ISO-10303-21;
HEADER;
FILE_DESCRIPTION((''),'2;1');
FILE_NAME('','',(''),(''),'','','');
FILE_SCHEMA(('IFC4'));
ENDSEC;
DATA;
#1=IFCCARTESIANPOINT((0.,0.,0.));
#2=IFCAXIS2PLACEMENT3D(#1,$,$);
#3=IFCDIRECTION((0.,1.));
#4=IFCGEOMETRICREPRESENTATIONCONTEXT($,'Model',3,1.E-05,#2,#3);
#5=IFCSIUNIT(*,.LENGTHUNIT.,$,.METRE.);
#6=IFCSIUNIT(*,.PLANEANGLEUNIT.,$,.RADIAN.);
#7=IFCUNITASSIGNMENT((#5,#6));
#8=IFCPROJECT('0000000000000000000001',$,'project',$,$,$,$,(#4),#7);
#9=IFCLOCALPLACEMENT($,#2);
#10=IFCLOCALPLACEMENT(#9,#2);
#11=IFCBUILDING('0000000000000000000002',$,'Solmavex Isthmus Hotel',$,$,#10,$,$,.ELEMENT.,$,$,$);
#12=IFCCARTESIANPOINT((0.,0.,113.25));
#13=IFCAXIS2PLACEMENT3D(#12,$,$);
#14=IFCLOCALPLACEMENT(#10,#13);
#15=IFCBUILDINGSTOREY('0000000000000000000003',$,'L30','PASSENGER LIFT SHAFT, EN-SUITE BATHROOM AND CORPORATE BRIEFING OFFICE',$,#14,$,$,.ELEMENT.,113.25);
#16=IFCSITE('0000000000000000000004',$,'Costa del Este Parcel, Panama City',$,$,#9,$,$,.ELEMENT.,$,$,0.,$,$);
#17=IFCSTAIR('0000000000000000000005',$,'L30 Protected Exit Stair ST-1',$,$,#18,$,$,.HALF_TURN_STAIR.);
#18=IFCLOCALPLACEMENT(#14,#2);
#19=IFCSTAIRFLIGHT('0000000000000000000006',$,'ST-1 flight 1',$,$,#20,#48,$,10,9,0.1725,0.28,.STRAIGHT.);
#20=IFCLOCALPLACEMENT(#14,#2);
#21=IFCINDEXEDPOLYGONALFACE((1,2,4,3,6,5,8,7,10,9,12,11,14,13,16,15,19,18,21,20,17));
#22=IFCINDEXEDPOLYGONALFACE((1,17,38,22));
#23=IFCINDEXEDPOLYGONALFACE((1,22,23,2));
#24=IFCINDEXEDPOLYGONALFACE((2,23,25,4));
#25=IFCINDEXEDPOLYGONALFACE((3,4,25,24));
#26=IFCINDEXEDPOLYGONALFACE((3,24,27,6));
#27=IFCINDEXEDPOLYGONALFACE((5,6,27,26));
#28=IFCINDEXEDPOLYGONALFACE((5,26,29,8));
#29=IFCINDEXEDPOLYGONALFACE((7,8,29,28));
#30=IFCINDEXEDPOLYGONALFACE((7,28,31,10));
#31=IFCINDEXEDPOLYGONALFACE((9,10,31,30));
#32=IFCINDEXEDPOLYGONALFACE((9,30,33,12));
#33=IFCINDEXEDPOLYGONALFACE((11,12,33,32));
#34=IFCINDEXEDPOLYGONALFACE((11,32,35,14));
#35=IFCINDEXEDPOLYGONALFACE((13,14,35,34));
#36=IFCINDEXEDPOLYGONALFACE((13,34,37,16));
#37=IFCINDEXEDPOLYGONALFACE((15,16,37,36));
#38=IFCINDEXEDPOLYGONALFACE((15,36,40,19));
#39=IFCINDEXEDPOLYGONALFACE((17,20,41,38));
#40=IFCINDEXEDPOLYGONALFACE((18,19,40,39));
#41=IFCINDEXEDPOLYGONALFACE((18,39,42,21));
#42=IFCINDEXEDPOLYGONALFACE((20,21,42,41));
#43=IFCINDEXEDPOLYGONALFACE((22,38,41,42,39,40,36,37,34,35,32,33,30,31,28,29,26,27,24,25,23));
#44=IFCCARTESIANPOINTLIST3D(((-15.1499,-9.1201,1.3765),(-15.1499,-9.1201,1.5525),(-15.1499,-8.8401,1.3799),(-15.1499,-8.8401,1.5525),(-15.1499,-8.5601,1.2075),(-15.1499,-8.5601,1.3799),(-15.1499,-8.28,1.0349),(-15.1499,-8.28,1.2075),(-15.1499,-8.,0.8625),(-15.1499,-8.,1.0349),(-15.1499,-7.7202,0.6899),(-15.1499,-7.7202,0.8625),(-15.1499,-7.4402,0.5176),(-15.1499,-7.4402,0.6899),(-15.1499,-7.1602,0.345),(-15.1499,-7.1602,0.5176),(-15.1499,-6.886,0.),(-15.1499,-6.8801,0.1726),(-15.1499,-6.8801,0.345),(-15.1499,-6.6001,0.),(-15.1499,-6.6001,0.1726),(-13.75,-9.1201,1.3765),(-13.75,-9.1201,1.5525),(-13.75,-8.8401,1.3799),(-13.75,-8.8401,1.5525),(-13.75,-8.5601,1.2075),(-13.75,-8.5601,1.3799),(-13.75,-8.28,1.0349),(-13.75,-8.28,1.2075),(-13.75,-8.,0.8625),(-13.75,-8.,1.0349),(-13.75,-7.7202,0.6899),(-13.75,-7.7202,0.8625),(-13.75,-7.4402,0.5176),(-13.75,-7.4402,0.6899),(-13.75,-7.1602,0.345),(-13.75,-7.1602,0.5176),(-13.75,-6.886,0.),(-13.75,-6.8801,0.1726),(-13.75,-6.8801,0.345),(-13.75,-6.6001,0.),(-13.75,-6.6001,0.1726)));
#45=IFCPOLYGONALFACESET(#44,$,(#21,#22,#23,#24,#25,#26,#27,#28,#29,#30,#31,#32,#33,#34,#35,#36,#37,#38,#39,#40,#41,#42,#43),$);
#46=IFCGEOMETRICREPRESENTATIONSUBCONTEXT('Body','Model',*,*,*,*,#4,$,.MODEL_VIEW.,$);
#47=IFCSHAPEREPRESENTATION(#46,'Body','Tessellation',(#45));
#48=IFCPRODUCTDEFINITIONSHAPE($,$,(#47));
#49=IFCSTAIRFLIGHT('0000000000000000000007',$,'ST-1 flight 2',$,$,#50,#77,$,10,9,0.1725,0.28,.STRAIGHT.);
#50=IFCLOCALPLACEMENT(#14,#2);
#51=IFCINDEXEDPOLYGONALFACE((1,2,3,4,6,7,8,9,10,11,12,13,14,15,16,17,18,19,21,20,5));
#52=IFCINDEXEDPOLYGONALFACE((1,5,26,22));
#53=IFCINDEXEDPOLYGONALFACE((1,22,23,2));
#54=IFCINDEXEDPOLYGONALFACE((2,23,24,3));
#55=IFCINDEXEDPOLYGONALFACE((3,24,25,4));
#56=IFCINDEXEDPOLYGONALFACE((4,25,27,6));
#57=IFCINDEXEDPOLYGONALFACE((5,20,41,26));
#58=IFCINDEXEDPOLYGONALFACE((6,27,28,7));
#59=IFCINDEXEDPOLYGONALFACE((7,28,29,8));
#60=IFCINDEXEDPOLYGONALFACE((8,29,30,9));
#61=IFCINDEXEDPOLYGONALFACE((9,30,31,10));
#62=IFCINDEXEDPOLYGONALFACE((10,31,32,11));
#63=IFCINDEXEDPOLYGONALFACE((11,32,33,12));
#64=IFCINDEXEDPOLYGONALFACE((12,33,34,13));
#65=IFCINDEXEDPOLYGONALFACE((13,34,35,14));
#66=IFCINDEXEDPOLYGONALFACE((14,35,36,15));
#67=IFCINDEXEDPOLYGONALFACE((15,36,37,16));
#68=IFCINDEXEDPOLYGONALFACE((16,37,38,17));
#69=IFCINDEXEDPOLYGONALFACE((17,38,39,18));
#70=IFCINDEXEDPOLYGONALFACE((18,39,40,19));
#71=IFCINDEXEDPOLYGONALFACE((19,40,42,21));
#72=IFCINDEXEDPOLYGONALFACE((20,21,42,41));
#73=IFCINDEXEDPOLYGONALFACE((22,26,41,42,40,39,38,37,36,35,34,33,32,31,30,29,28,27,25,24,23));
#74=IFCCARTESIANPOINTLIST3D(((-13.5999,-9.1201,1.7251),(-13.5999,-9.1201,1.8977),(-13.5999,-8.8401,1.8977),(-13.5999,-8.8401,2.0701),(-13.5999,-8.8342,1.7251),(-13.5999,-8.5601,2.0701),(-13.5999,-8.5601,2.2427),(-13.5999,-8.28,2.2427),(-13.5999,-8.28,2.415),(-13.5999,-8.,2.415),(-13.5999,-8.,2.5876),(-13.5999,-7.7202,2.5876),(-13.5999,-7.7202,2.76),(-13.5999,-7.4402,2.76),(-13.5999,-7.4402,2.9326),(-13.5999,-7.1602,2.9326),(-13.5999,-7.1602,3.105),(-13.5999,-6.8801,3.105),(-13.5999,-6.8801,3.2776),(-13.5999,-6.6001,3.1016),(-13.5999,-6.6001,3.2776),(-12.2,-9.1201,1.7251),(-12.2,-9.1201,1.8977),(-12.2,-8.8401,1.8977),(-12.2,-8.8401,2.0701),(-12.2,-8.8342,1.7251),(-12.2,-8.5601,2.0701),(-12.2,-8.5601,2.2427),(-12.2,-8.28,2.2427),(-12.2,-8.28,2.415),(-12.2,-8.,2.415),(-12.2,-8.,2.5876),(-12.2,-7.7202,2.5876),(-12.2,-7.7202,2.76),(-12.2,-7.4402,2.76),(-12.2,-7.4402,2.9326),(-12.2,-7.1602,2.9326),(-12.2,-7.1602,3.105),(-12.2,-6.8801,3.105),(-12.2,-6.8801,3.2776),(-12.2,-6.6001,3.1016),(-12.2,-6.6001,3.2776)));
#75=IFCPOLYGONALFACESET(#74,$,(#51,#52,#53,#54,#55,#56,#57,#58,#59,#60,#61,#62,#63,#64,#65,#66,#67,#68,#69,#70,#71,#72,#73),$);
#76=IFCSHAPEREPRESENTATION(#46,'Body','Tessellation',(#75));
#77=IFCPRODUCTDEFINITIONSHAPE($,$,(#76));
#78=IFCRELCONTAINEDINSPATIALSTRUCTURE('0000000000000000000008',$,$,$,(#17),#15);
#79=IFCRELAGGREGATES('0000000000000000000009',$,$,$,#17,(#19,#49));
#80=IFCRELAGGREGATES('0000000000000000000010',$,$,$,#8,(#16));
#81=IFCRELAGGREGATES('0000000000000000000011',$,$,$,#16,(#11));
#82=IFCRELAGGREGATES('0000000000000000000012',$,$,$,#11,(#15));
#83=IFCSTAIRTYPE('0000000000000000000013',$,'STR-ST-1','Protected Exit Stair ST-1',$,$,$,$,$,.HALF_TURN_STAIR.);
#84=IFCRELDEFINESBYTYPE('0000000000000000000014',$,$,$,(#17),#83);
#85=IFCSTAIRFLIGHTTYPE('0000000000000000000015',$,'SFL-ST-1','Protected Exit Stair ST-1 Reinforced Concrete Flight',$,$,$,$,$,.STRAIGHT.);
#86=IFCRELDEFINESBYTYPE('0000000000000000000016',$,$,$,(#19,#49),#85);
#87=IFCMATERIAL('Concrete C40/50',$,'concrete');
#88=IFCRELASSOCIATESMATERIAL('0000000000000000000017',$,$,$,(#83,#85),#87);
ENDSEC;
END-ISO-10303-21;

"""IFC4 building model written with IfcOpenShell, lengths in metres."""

from ifc_helpers import new_model, si_unit, direction, frame, origin, place, context, subcontext, project, spatial, polyline, outline, extrude, material, type_object, element, aggregate, save


model = new_model("IFC4")

# Units and contexts
model_context = context("Model", 3, precision=1e-05, world=origin(), true_north=direction((0.0, 1.0)))
body_context = subcontext(model_context, "Body", "Model", "MODEL_VIEW")
ifc_project = project(units=[si_unit("LENGTHUNIT", "METRE"), si_unit("PLANEANGLEUNIT", "RADIAN")], contexts=[model_context])

# Site, building, storey
site_placement = place(None, origin())
site = spatial("IfcSite", under=ifc_project, at=site_placement, Name="Costa del Este Parcel, Panama City", CompositionType="ELEMENT", RefElevation=0.0)
building_placement = place(site_placement, origin())
building = spatial("IfcBuilding", under=site, at=building_placement, Name="Solmavex Isthmus Hotel", CompositionType="ELEMENT")
storey_placement = place(building_placement, frame((0.0, 0.0, 113.25)))
storey = spatial("IfcBuildingStorey", under=building, at=storey_placement, Name="L30", Description="PASSENGER LIFT SHAFT, EN-SUITE BATHROOM AND CORPORATE BRIEFING OFFICE", CompositionType="ELEMENT", Elevation=113.25)

# Shared definitions
ifc_material_1 = material(Name="Concrete C40/50", Category="concrete")

# Stair, stair flights
stair_type = type_object("IfcStairType", Name="STR-ST-1", Description="Protected Exit Stair ST-1", PredefinedType="HALF_TURN_STAIR", material=ifc_material_1)
stair_placement = place(storey_placement, origin())
stair = element("IfcStair", 1, at=stair_placement, inside=storey, type_object=stair_type, Name="L30 Protected Exit Stair ST-1", PredefinedType="HALF_TURN_STAIR")
stair_flight_type = type_object("IfcStairFlightType", Name="SFL-ST-1", Description="Protected Exit Stair ST-1 Reinforced Concrete Flight", PredefinedType="STRAIGHT", material=ifc_material_1)
stair_flight_1_placement = place(storey_placement, frame((-14.45, -6.6001, 0.0), z_axis=(0.0, 0.0, 1.0), x_axis=(0.0, -1.0, 0.0)))
stair_flight_1 = element("IfcStairFlight", 2, at=stair_flight_1_placement, type_object=stair_flight_type, Name="ST-1 flight 1", NumberOfRisers=10, NumberOfTreads=9, PredefinedType="STRAIGHT", RiserHeight=0.1725, TreadLength=0.28, context=body_context, shape_type="SweptSolid", body=[
    extrude(outline(polyline([(0.0, 0.0), (0.0, 0.1726), (0.28, 0.1726), (0.28, 0.345), (0.5601, 0.345), (0.5601, 0.5176), (0.8401, 0.5176), (0.8401, 0.6899), (1.1201, 0.6899), (1.1201, 0.8625), (1.3999, 0.8625), (1.3999, 1.0349), (1.6799, 1.0349), (1.6799, 1.2075), (1.96, 1.2075), (1.96, 1.3799), (2.24, 1.3799), (2.24, 1.5525), (2.52, 1.5525), (2.52, 1.7251), (2.52, 1.3765), (0.2859, 0.0), (0.0, 0.0)])), frame((0.0, 0.7, 0.0), z_axis=(0.0, -1.0, 0.0), x_axis=(1.0, 0.0, 0.0)), (0.0, 0.0, 1.0), 1.3999),
])
stair_flight_2_placement = place(storey_placement, frame((-12.8999, -9.1201, 1.7251), z_axis=(0.0, 0.0, 1.0), x_axis=(0.0, 1.0, 0.0)))
stair_flight_2 = element("IfcStairFlight", 3, at=stair_flight_2_placement, type_object=stair_flight_type, Name="ST-1 flight 2", NumberOfRisers=10, NumberOfTreads=9, PredefinedType="STRAIGHT", RiserHeight=0.1725, TreadLength=0.28, context=body_context, shape_type="SweptSolid", body=[
    extrude(outline(polyline([(0.0, 0.0), (0.0, 0.1726), (0.28, 0.1726), (0.28, 0.345), (0.5601, 0.345), (0.5601, 0.5176), (0.8401, 0.5176), (0.8401, 0.6899), (1.1201, 0.6899), (1.1201, 0.8625), (1.3999, 0.8625), (1.3999, 1.0349), (1.6799, 1.0349), (1.6799, 1.2075), (1.96, 1.2075), (1.96, 1.3799), (2.24, 1.3799), (2.24, 1.5525), (2.52, 1.5525), (2.52, 1.7251), (2.52, 1.3765), (0.2859, 0.0), (0.0, 0.0)])), frame((0.0, 0.7, 0.0), z_axis=(0.0, -1.0, 0.0), x_axis=(1.0, 0.0, 0.0)), (0.0, 0.0, 1.0), 1.3999),
])
aggregate(stair, [stair_flight_1, stair_flight_2])

save(model, "model.ifc")
